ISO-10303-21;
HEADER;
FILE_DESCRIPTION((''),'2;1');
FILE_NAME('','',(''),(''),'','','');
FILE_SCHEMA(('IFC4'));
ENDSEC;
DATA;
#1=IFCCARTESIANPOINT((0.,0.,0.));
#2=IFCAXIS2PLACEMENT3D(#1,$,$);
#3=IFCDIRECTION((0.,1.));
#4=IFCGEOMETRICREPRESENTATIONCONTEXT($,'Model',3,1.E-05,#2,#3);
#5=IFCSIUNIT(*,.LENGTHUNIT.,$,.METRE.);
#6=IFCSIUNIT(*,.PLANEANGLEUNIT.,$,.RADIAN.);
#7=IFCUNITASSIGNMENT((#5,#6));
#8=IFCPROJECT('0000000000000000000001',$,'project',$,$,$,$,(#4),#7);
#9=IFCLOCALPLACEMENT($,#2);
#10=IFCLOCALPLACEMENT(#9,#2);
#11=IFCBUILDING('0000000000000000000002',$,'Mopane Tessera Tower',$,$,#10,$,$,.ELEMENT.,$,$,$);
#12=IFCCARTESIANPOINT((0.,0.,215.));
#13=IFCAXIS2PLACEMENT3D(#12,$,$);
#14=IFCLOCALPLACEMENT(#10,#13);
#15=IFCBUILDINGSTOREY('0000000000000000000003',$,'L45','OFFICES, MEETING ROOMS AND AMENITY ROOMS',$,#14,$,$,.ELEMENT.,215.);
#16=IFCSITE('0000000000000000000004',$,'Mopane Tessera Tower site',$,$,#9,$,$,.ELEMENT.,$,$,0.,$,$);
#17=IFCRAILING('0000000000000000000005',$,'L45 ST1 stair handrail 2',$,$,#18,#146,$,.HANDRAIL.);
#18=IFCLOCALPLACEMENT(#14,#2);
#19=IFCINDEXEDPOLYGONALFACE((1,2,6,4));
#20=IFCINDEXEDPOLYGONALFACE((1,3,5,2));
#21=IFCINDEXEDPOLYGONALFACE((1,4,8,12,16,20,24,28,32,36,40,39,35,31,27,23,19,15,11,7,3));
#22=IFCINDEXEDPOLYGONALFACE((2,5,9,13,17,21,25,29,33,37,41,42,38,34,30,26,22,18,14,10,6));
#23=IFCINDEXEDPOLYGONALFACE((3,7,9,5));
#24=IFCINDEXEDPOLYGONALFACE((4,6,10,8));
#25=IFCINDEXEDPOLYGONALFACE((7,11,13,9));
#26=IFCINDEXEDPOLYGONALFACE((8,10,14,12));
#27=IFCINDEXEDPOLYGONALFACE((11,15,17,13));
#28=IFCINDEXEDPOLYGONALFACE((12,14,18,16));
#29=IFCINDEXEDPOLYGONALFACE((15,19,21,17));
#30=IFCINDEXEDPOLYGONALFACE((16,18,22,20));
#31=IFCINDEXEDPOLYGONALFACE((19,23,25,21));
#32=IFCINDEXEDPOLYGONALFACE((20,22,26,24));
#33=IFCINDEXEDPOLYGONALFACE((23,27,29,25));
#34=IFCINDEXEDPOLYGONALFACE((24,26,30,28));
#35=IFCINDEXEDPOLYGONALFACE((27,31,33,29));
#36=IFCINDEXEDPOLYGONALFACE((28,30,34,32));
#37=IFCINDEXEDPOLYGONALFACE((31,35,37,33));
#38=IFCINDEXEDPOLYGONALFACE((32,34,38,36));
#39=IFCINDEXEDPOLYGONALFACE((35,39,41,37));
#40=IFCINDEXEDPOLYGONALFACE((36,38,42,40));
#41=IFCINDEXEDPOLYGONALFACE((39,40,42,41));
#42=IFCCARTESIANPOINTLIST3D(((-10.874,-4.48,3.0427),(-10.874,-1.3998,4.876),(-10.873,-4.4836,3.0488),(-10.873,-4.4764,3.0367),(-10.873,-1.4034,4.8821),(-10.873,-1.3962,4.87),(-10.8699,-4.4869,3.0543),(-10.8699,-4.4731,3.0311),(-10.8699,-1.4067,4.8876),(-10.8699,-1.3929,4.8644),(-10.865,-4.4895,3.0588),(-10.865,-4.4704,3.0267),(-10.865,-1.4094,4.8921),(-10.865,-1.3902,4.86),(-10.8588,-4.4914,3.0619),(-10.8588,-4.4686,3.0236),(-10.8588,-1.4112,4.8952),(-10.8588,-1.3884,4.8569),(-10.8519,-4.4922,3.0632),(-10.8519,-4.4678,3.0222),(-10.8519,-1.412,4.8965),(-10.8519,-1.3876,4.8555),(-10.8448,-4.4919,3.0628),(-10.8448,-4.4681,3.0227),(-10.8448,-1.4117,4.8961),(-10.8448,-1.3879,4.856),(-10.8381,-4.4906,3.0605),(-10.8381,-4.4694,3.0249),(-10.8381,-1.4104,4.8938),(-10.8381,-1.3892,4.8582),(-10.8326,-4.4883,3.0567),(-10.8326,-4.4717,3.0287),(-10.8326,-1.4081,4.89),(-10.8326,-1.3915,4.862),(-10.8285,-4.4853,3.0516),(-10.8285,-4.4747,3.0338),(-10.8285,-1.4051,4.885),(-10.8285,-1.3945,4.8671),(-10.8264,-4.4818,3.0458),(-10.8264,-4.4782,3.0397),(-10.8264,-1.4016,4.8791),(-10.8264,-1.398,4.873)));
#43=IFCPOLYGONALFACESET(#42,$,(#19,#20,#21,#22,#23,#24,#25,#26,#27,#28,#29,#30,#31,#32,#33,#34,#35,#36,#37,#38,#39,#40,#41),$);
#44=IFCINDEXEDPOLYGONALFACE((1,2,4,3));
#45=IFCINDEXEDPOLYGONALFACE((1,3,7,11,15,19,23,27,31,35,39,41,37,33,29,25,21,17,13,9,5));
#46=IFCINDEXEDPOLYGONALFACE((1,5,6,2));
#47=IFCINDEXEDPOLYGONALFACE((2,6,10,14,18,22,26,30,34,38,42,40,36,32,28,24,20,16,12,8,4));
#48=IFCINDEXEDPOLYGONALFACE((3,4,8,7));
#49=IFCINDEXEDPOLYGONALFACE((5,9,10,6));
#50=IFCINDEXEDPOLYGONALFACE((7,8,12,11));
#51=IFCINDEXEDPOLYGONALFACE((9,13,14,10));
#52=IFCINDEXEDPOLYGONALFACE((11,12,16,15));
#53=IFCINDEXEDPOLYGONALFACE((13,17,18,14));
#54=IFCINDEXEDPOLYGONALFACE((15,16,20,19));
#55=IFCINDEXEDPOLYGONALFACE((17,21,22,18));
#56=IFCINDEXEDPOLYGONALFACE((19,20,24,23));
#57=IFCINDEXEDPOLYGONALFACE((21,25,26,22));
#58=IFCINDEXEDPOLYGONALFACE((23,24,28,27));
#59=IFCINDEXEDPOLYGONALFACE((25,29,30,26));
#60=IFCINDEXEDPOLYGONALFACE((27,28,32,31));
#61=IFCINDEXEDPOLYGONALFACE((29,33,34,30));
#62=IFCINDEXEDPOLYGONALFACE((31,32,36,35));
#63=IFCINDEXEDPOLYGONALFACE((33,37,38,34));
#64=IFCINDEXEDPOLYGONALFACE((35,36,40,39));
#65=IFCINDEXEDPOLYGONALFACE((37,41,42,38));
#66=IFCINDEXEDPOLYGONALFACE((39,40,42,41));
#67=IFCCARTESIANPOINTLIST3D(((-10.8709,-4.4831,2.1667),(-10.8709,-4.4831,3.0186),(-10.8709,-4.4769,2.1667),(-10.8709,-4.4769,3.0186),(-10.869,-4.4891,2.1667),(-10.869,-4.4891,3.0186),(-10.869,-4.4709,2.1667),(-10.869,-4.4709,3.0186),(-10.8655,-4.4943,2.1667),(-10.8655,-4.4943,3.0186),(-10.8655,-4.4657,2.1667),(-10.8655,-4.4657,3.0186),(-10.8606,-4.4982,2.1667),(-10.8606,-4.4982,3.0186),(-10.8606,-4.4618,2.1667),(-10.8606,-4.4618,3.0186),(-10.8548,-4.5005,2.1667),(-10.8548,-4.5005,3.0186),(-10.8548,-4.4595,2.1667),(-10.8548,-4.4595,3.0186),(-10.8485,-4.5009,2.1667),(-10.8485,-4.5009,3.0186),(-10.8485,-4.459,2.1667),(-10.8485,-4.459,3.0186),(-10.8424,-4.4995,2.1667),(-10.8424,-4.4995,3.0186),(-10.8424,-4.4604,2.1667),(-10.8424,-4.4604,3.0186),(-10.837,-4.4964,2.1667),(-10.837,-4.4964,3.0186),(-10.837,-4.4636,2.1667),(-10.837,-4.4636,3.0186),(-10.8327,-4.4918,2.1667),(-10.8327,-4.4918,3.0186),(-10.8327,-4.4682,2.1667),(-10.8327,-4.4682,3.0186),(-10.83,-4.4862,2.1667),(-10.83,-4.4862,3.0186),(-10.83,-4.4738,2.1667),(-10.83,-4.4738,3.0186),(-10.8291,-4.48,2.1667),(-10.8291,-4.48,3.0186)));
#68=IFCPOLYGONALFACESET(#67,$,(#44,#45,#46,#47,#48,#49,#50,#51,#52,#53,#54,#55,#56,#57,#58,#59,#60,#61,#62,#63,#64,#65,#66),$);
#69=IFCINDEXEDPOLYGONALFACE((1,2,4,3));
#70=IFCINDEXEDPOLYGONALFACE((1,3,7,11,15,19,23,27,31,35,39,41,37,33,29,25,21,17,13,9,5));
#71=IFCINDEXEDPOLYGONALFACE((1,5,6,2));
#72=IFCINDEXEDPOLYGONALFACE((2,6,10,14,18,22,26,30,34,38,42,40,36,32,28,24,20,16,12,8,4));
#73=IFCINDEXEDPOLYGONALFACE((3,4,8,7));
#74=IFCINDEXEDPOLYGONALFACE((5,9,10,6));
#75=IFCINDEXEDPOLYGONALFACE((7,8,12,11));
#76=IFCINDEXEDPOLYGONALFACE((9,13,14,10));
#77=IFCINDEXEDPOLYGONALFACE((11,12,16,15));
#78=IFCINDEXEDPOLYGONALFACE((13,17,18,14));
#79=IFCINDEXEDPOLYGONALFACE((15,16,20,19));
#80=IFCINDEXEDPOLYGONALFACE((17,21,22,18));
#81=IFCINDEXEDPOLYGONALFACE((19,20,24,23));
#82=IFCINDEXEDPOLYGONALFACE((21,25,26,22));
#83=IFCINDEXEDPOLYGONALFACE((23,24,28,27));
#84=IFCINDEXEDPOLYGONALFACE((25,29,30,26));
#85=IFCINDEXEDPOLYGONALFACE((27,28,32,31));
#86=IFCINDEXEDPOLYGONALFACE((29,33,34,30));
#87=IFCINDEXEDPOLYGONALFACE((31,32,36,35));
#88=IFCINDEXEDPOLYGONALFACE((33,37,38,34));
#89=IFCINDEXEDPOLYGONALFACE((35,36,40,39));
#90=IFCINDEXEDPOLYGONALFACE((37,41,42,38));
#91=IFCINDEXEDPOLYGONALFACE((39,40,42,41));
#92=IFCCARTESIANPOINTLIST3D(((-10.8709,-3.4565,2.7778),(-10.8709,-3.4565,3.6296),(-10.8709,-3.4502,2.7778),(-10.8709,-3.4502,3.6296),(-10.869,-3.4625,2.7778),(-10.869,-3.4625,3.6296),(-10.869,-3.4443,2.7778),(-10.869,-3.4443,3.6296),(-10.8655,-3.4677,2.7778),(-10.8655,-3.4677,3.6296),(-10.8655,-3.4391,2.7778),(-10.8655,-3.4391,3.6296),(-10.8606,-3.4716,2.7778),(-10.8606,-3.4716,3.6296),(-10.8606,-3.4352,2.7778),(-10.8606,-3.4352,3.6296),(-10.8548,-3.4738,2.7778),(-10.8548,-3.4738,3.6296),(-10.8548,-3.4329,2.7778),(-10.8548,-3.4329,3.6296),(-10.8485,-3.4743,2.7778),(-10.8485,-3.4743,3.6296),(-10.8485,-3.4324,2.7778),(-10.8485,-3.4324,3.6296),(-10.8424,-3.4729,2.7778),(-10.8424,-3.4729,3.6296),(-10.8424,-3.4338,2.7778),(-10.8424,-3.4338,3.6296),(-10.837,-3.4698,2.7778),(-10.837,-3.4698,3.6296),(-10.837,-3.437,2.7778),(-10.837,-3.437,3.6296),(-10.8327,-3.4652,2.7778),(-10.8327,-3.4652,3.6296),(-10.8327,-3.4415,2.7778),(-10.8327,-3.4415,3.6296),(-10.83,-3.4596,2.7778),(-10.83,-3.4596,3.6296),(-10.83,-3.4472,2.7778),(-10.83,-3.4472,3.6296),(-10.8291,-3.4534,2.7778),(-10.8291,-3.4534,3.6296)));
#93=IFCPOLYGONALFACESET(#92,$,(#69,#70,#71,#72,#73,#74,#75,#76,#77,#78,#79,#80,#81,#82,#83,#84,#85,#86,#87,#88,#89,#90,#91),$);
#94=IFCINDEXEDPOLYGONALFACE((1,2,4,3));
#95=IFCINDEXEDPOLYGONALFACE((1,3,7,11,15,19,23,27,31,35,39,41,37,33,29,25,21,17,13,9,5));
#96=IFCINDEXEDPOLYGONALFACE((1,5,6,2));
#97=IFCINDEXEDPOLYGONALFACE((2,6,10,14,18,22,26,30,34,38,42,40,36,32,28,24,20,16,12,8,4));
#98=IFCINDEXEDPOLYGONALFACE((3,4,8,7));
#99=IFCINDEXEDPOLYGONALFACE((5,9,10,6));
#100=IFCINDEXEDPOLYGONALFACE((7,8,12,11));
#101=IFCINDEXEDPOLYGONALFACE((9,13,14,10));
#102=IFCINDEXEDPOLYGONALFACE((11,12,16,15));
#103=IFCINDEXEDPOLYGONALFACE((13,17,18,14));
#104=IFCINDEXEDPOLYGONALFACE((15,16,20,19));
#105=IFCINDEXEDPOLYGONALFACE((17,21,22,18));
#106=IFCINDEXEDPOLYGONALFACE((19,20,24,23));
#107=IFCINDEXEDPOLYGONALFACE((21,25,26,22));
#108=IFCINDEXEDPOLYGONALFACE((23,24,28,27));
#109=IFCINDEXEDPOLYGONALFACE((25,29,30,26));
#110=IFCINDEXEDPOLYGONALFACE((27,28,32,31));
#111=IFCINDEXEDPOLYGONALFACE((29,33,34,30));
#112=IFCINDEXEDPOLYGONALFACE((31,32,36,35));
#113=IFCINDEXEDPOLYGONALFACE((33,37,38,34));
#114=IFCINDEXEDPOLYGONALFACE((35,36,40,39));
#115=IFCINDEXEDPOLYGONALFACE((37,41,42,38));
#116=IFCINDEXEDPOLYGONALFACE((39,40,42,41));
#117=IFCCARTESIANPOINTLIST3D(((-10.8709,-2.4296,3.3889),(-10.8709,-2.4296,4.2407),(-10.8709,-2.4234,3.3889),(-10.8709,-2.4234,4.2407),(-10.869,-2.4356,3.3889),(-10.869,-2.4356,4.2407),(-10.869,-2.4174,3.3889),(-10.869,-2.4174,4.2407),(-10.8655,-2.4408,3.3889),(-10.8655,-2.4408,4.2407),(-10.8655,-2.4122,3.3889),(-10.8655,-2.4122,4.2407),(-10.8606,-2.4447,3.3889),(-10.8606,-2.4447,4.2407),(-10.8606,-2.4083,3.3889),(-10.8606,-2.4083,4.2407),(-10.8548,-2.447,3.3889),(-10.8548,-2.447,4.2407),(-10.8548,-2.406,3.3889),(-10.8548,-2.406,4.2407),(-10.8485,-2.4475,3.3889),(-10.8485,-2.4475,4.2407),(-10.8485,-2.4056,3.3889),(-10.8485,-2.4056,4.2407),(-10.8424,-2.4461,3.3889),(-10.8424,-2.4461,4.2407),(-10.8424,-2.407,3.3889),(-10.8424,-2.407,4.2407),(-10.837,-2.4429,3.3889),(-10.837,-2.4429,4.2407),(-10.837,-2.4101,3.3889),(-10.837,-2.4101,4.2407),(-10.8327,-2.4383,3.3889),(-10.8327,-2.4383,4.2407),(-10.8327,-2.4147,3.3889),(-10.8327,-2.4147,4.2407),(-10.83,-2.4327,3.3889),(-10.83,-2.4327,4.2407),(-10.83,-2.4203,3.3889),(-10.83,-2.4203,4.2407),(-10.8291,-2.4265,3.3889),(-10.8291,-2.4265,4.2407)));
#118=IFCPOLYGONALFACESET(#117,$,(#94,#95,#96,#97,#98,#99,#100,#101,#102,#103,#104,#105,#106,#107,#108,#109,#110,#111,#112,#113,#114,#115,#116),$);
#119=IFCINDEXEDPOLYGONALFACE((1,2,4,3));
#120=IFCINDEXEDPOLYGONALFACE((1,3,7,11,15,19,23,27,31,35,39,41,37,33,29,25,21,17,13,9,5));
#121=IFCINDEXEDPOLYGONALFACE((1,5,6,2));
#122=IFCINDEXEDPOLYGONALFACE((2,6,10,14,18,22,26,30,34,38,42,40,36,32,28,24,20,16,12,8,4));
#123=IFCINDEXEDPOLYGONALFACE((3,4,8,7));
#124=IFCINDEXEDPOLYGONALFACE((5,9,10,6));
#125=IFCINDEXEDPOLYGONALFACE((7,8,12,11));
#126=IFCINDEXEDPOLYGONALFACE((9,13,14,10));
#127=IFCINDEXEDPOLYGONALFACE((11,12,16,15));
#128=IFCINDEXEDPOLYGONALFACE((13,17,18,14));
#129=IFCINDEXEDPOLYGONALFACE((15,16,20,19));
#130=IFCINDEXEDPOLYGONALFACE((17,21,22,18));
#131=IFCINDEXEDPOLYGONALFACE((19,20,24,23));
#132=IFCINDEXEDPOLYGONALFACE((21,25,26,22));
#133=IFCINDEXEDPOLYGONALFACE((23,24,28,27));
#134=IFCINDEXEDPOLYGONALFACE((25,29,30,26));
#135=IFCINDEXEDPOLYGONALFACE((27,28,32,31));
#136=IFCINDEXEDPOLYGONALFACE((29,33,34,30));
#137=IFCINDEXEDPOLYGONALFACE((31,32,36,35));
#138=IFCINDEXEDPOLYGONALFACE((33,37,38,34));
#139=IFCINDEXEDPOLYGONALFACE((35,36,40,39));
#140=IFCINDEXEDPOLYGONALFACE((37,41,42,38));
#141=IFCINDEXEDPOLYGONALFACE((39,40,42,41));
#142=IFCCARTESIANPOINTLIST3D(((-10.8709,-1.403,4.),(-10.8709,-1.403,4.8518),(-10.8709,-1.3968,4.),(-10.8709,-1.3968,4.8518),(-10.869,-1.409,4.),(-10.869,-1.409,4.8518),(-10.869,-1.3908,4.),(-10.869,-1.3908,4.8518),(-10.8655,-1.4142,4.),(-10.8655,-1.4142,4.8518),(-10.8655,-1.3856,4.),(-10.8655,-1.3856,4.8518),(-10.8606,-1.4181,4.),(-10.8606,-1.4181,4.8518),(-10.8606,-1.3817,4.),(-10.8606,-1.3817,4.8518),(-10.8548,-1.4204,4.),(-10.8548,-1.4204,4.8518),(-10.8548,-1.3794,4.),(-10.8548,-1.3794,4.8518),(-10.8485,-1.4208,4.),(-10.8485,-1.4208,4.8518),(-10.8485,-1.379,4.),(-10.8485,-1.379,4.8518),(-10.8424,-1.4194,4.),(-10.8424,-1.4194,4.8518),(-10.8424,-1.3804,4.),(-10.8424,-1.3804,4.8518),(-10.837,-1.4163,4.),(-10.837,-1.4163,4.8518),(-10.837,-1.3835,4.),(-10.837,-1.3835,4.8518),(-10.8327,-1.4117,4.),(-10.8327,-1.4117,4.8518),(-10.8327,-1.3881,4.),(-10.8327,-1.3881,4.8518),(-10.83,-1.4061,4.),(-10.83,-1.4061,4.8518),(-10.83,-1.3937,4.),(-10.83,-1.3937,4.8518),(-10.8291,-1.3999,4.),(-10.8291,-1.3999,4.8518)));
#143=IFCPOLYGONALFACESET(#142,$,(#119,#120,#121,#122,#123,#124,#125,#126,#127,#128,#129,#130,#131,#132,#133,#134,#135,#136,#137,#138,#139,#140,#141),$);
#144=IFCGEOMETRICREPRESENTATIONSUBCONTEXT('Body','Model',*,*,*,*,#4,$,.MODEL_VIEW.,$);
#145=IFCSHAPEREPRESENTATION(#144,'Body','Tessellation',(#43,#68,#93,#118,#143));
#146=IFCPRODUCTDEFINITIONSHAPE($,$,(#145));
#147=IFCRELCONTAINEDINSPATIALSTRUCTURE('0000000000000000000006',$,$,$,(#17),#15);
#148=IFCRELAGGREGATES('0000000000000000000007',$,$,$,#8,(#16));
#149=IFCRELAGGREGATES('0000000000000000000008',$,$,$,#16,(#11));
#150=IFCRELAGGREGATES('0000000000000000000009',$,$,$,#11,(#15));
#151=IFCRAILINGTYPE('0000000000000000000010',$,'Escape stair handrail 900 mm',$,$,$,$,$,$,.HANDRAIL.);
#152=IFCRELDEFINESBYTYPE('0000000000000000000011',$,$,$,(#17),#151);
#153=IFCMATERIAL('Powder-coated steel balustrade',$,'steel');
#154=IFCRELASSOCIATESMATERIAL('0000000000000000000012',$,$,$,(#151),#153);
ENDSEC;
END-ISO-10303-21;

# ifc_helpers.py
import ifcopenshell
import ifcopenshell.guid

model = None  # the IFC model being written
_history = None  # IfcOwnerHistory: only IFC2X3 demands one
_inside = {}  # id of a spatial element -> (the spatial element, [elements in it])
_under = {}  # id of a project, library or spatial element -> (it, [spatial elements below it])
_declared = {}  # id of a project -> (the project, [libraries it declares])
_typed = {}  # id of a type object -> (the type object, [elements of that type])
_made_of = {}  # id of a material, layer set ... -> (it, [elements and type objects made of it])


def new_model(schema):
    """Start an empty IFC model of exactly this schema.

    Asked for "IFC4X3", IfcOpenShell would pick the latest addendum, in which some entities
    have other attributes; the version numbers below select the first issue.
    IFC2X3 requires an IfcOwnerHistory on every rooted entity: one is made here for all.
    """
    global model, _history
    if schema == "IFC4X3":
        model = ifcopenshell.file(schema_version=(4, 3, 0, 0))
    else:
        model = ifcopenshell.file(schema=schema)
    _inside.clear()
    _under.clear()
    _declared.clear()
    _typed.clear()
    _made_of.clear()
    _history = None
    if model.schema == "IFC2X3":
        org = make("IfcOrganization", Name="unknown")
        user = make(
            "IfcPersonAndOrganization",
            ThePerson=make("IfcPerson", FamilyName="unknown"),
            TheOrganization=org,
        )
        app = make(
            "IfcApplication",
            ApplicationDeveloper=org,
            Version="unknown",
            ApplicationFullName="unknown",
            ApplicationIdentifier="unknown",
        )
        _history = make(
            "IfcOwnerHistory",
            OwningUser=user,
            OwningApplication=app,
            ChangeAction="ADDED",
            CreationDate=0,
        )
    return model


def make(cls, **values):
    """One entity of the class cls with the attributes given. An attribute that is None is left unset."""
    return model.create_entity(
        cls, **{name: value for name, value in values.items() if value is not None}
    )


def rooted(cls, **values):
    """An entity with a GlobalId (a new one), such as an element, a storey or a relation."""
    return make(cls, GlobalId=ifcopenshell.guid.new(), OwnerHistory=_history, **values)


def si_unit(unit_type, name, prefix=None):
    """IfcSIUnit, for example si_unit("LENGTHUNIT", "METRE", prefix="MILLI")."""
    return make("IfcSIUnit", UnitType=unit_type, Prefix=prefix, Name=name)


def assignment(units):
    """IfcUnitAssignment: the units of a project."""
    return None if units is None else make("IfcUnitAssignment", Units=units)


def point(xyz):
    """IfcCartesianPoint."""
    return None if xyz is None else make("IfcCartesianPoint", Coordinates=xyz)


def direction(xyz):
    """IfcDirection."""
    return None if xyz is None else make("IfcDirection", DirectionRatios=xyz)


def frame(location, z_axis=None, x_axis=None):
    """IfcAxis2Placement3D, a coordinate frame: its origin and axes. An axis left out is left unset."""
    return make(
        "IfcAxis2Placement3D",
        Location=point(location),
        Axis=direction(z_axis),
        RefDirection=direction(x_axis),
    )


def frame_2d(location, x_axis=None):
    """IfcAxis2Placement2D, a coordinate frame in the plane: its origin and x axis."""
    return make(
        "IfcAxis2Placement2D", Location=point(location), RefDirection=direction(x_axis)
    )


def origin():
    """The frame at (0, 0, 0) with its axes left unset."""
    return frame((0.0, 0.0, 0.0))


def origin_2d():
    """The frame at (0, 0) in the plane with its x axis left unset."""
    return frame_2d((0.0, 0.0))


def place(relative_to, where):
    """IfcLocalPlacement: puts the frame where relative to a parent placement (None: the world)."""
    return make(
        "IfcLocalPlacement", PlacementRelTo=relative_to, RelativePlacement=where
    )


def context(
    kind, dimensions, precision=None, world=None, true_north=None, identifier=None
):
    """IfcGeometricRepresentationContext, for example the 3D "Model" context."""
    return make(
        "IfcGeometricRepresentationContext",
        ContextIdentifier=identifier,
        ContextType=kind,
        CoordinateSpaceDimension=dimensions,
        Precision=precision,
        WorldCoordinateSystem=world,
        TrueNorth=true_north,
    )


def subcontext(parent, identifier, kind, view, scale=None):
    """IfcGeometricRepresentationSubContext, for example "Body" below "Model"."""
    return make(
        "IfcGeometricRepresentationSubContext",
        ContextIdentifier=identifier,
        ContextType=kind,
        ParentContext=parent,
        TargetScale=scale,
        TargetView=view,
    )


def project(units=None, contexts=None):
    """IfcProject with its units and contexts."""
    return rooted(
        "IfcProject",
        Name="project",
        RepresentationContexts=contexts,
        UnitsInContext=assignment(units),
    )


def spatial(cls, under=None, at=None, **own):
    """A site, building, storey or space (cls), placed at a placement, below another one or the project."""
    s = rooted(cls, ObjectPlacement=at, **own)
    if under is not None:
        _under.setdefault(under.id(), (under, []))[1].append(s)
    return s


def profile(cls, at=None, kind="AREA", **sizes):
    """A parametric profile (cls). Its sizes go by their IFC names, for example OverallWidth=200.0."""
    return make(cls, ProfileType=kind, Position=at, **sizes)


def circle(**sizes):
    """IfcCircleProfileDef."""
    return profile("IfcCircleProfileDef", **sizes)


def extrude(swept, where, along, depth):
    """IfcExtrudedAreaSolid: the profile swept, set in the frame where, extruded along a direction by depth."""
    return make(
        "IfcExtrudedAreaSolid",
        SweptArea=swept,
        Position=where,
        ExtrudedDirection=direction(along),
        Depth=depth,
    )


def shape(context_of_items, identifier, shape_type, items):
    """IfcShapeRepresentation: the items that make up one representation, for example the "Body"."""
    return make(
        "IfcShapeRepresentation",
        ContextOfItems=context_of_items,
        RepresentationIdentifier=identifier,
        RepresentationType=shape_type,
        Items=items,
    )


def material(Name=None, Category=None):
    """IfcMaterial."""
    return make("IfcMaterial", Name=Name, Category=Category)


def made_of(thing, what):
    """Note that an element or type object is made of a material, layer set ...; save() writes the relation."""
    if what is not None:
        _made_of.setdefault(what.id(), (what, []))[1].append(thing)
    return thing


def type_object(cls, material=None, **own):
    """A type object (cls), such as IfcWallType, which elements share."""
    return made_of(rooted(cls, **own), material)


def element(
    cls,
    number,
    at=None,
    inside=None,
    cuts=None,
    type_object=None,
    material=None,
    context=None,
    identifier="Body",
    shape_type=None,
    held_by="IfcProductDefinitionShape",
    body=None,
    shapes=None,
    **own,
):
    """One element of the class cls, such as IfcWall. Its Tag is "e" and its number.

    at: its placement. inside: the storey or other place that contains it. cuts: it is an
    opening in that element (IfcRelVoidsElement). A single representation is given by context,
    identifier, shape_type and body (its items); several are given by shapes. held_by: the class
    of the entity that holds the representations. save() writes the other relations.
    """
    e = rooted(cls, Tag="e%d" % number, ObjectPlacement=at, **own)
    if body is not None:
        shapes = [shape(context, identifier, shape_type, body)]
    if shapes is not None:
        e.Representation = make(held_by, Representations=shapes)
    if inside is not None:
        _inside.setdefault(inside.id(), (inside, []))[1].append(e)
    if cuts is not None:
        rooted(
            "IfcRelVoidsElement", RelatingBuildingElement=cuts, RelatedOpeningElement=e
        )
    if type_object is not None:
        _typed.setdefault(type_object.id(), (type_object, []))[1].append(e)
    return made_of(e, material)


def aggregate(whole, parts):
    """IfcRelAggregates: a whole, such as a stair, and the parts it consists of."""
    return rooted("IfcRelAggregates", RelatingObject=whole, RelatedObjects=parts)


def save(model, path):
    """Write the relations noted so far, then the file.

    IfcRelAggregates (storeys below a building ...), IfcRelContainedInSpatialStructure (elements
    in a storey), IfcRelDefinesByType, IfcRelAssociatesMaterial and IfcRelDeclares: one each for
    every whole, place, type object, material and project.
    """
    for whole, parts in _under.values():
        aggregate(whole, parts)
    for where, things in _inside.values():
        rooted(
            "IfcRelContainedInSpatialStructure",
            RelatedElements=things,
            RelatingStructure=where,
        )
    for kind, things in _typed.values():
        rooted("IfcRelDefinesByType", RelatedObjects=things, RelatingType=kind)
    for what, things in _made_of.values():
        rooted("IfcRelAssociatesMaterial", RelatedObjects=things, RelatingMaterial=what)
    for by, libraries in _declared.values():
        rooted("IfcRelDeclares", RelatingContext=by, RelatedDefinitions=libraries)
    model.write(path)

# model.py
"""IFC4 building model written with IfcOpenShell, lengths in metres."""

from ifc_helpers import new_model, si_unit, direction, frame, origin, origin_2d, place, context, subcontext, project, spatial, circle, extrude, material, type_object, element, save


model = new_model("IFC4")

# Units and contexts
model_context = context("Model", 3, precision=1e-05, world=origin(), true_north=direction((0.0, 1.0)))
body_context = subcontext(model_context, "Body", "Model", "MODEL_VIEW")
ifc_project = project(units=[si_unit("LENGTHUNIT", "METRE"), si_unit("PLANEANGLEUNIT", "RADIAN")], contexts=[model_context])

# Site, building, storey
site_placement = place(None, origin())
site = spatial("IfcSite", under=ifc_project, at=site_placement, Name="Mopane Tessera Tower site", CompositionType="ELEMENT", RefElevation=0.0)
building_placement = place(site_placement, origin())
building = spatial("IfcBuilding", under=site, at=building_placement, Name="Mopane Tessera Tower", CompositionType="ELEMENT")
storey_placement = place(building_placement, frame((0.0, 0.0, 215.0)))
storey = spatial("IfcBuildingStorey", under=building, at=storey_placement, Name="L45", Description="OFFICES, MEETING ROOMS AND AMENITY ROOMS", CompositionType="ELEMENT", Elevation=215.0)

# Railing
ifc_material_1 = material(Name="Powder-coated steel balustrade", Category="steel")
railing_type_1 = type_object("IfcRailingType", Name="Escape stair handrail 900 mm", PredefinedType="HANDRAIL", material=ifc_material_1)
railing_1_placement = place(storey_placement, frame((-10.8501, -4.48, 2.1667)))
element("IfcRailing", 1, at=railing_1_placement, inside=storey, type_object=railing_type_1, Name="L45 ST1 stair handrail 2", PredefinedType="HANDRAIL", context=body_context, shape_type="SweptSolid", body=[
    extrude(circle(Radius=0.0239, at=origin_2d()), frame((0.0, 0.0, 0.876), z_axis=(0.0, 0.859309, 0.511458), x_axis=(-1.0, 0.0, 0.0)), (0.0, 0.0, 1.0), 3.5845),
    extrude(circle(Radius=0.021, at=origin_2d()), origin(), (0.0, 0.0, 1.0), 0.8518),
    extrude(circle(Radius=0.021, at=origin_2d()), frame((0.0, 1.0266, 0.6111)), (0.0, 0.0, 1.0), 0.8518),
    extrude(circle(Radius=0.021, at=origin_2d()), frame((0.0, 2.0535, 1.2222)), (0.0, 0.0, 1.0), 0.8518),
    extrude(circle(Radius=0.021, at=origin_2d()), frame((0.0, 3.0801, 1.8333)), (0.0, 0.0, 1.0), 0.8518),
])

save(model, "model.ifc")
